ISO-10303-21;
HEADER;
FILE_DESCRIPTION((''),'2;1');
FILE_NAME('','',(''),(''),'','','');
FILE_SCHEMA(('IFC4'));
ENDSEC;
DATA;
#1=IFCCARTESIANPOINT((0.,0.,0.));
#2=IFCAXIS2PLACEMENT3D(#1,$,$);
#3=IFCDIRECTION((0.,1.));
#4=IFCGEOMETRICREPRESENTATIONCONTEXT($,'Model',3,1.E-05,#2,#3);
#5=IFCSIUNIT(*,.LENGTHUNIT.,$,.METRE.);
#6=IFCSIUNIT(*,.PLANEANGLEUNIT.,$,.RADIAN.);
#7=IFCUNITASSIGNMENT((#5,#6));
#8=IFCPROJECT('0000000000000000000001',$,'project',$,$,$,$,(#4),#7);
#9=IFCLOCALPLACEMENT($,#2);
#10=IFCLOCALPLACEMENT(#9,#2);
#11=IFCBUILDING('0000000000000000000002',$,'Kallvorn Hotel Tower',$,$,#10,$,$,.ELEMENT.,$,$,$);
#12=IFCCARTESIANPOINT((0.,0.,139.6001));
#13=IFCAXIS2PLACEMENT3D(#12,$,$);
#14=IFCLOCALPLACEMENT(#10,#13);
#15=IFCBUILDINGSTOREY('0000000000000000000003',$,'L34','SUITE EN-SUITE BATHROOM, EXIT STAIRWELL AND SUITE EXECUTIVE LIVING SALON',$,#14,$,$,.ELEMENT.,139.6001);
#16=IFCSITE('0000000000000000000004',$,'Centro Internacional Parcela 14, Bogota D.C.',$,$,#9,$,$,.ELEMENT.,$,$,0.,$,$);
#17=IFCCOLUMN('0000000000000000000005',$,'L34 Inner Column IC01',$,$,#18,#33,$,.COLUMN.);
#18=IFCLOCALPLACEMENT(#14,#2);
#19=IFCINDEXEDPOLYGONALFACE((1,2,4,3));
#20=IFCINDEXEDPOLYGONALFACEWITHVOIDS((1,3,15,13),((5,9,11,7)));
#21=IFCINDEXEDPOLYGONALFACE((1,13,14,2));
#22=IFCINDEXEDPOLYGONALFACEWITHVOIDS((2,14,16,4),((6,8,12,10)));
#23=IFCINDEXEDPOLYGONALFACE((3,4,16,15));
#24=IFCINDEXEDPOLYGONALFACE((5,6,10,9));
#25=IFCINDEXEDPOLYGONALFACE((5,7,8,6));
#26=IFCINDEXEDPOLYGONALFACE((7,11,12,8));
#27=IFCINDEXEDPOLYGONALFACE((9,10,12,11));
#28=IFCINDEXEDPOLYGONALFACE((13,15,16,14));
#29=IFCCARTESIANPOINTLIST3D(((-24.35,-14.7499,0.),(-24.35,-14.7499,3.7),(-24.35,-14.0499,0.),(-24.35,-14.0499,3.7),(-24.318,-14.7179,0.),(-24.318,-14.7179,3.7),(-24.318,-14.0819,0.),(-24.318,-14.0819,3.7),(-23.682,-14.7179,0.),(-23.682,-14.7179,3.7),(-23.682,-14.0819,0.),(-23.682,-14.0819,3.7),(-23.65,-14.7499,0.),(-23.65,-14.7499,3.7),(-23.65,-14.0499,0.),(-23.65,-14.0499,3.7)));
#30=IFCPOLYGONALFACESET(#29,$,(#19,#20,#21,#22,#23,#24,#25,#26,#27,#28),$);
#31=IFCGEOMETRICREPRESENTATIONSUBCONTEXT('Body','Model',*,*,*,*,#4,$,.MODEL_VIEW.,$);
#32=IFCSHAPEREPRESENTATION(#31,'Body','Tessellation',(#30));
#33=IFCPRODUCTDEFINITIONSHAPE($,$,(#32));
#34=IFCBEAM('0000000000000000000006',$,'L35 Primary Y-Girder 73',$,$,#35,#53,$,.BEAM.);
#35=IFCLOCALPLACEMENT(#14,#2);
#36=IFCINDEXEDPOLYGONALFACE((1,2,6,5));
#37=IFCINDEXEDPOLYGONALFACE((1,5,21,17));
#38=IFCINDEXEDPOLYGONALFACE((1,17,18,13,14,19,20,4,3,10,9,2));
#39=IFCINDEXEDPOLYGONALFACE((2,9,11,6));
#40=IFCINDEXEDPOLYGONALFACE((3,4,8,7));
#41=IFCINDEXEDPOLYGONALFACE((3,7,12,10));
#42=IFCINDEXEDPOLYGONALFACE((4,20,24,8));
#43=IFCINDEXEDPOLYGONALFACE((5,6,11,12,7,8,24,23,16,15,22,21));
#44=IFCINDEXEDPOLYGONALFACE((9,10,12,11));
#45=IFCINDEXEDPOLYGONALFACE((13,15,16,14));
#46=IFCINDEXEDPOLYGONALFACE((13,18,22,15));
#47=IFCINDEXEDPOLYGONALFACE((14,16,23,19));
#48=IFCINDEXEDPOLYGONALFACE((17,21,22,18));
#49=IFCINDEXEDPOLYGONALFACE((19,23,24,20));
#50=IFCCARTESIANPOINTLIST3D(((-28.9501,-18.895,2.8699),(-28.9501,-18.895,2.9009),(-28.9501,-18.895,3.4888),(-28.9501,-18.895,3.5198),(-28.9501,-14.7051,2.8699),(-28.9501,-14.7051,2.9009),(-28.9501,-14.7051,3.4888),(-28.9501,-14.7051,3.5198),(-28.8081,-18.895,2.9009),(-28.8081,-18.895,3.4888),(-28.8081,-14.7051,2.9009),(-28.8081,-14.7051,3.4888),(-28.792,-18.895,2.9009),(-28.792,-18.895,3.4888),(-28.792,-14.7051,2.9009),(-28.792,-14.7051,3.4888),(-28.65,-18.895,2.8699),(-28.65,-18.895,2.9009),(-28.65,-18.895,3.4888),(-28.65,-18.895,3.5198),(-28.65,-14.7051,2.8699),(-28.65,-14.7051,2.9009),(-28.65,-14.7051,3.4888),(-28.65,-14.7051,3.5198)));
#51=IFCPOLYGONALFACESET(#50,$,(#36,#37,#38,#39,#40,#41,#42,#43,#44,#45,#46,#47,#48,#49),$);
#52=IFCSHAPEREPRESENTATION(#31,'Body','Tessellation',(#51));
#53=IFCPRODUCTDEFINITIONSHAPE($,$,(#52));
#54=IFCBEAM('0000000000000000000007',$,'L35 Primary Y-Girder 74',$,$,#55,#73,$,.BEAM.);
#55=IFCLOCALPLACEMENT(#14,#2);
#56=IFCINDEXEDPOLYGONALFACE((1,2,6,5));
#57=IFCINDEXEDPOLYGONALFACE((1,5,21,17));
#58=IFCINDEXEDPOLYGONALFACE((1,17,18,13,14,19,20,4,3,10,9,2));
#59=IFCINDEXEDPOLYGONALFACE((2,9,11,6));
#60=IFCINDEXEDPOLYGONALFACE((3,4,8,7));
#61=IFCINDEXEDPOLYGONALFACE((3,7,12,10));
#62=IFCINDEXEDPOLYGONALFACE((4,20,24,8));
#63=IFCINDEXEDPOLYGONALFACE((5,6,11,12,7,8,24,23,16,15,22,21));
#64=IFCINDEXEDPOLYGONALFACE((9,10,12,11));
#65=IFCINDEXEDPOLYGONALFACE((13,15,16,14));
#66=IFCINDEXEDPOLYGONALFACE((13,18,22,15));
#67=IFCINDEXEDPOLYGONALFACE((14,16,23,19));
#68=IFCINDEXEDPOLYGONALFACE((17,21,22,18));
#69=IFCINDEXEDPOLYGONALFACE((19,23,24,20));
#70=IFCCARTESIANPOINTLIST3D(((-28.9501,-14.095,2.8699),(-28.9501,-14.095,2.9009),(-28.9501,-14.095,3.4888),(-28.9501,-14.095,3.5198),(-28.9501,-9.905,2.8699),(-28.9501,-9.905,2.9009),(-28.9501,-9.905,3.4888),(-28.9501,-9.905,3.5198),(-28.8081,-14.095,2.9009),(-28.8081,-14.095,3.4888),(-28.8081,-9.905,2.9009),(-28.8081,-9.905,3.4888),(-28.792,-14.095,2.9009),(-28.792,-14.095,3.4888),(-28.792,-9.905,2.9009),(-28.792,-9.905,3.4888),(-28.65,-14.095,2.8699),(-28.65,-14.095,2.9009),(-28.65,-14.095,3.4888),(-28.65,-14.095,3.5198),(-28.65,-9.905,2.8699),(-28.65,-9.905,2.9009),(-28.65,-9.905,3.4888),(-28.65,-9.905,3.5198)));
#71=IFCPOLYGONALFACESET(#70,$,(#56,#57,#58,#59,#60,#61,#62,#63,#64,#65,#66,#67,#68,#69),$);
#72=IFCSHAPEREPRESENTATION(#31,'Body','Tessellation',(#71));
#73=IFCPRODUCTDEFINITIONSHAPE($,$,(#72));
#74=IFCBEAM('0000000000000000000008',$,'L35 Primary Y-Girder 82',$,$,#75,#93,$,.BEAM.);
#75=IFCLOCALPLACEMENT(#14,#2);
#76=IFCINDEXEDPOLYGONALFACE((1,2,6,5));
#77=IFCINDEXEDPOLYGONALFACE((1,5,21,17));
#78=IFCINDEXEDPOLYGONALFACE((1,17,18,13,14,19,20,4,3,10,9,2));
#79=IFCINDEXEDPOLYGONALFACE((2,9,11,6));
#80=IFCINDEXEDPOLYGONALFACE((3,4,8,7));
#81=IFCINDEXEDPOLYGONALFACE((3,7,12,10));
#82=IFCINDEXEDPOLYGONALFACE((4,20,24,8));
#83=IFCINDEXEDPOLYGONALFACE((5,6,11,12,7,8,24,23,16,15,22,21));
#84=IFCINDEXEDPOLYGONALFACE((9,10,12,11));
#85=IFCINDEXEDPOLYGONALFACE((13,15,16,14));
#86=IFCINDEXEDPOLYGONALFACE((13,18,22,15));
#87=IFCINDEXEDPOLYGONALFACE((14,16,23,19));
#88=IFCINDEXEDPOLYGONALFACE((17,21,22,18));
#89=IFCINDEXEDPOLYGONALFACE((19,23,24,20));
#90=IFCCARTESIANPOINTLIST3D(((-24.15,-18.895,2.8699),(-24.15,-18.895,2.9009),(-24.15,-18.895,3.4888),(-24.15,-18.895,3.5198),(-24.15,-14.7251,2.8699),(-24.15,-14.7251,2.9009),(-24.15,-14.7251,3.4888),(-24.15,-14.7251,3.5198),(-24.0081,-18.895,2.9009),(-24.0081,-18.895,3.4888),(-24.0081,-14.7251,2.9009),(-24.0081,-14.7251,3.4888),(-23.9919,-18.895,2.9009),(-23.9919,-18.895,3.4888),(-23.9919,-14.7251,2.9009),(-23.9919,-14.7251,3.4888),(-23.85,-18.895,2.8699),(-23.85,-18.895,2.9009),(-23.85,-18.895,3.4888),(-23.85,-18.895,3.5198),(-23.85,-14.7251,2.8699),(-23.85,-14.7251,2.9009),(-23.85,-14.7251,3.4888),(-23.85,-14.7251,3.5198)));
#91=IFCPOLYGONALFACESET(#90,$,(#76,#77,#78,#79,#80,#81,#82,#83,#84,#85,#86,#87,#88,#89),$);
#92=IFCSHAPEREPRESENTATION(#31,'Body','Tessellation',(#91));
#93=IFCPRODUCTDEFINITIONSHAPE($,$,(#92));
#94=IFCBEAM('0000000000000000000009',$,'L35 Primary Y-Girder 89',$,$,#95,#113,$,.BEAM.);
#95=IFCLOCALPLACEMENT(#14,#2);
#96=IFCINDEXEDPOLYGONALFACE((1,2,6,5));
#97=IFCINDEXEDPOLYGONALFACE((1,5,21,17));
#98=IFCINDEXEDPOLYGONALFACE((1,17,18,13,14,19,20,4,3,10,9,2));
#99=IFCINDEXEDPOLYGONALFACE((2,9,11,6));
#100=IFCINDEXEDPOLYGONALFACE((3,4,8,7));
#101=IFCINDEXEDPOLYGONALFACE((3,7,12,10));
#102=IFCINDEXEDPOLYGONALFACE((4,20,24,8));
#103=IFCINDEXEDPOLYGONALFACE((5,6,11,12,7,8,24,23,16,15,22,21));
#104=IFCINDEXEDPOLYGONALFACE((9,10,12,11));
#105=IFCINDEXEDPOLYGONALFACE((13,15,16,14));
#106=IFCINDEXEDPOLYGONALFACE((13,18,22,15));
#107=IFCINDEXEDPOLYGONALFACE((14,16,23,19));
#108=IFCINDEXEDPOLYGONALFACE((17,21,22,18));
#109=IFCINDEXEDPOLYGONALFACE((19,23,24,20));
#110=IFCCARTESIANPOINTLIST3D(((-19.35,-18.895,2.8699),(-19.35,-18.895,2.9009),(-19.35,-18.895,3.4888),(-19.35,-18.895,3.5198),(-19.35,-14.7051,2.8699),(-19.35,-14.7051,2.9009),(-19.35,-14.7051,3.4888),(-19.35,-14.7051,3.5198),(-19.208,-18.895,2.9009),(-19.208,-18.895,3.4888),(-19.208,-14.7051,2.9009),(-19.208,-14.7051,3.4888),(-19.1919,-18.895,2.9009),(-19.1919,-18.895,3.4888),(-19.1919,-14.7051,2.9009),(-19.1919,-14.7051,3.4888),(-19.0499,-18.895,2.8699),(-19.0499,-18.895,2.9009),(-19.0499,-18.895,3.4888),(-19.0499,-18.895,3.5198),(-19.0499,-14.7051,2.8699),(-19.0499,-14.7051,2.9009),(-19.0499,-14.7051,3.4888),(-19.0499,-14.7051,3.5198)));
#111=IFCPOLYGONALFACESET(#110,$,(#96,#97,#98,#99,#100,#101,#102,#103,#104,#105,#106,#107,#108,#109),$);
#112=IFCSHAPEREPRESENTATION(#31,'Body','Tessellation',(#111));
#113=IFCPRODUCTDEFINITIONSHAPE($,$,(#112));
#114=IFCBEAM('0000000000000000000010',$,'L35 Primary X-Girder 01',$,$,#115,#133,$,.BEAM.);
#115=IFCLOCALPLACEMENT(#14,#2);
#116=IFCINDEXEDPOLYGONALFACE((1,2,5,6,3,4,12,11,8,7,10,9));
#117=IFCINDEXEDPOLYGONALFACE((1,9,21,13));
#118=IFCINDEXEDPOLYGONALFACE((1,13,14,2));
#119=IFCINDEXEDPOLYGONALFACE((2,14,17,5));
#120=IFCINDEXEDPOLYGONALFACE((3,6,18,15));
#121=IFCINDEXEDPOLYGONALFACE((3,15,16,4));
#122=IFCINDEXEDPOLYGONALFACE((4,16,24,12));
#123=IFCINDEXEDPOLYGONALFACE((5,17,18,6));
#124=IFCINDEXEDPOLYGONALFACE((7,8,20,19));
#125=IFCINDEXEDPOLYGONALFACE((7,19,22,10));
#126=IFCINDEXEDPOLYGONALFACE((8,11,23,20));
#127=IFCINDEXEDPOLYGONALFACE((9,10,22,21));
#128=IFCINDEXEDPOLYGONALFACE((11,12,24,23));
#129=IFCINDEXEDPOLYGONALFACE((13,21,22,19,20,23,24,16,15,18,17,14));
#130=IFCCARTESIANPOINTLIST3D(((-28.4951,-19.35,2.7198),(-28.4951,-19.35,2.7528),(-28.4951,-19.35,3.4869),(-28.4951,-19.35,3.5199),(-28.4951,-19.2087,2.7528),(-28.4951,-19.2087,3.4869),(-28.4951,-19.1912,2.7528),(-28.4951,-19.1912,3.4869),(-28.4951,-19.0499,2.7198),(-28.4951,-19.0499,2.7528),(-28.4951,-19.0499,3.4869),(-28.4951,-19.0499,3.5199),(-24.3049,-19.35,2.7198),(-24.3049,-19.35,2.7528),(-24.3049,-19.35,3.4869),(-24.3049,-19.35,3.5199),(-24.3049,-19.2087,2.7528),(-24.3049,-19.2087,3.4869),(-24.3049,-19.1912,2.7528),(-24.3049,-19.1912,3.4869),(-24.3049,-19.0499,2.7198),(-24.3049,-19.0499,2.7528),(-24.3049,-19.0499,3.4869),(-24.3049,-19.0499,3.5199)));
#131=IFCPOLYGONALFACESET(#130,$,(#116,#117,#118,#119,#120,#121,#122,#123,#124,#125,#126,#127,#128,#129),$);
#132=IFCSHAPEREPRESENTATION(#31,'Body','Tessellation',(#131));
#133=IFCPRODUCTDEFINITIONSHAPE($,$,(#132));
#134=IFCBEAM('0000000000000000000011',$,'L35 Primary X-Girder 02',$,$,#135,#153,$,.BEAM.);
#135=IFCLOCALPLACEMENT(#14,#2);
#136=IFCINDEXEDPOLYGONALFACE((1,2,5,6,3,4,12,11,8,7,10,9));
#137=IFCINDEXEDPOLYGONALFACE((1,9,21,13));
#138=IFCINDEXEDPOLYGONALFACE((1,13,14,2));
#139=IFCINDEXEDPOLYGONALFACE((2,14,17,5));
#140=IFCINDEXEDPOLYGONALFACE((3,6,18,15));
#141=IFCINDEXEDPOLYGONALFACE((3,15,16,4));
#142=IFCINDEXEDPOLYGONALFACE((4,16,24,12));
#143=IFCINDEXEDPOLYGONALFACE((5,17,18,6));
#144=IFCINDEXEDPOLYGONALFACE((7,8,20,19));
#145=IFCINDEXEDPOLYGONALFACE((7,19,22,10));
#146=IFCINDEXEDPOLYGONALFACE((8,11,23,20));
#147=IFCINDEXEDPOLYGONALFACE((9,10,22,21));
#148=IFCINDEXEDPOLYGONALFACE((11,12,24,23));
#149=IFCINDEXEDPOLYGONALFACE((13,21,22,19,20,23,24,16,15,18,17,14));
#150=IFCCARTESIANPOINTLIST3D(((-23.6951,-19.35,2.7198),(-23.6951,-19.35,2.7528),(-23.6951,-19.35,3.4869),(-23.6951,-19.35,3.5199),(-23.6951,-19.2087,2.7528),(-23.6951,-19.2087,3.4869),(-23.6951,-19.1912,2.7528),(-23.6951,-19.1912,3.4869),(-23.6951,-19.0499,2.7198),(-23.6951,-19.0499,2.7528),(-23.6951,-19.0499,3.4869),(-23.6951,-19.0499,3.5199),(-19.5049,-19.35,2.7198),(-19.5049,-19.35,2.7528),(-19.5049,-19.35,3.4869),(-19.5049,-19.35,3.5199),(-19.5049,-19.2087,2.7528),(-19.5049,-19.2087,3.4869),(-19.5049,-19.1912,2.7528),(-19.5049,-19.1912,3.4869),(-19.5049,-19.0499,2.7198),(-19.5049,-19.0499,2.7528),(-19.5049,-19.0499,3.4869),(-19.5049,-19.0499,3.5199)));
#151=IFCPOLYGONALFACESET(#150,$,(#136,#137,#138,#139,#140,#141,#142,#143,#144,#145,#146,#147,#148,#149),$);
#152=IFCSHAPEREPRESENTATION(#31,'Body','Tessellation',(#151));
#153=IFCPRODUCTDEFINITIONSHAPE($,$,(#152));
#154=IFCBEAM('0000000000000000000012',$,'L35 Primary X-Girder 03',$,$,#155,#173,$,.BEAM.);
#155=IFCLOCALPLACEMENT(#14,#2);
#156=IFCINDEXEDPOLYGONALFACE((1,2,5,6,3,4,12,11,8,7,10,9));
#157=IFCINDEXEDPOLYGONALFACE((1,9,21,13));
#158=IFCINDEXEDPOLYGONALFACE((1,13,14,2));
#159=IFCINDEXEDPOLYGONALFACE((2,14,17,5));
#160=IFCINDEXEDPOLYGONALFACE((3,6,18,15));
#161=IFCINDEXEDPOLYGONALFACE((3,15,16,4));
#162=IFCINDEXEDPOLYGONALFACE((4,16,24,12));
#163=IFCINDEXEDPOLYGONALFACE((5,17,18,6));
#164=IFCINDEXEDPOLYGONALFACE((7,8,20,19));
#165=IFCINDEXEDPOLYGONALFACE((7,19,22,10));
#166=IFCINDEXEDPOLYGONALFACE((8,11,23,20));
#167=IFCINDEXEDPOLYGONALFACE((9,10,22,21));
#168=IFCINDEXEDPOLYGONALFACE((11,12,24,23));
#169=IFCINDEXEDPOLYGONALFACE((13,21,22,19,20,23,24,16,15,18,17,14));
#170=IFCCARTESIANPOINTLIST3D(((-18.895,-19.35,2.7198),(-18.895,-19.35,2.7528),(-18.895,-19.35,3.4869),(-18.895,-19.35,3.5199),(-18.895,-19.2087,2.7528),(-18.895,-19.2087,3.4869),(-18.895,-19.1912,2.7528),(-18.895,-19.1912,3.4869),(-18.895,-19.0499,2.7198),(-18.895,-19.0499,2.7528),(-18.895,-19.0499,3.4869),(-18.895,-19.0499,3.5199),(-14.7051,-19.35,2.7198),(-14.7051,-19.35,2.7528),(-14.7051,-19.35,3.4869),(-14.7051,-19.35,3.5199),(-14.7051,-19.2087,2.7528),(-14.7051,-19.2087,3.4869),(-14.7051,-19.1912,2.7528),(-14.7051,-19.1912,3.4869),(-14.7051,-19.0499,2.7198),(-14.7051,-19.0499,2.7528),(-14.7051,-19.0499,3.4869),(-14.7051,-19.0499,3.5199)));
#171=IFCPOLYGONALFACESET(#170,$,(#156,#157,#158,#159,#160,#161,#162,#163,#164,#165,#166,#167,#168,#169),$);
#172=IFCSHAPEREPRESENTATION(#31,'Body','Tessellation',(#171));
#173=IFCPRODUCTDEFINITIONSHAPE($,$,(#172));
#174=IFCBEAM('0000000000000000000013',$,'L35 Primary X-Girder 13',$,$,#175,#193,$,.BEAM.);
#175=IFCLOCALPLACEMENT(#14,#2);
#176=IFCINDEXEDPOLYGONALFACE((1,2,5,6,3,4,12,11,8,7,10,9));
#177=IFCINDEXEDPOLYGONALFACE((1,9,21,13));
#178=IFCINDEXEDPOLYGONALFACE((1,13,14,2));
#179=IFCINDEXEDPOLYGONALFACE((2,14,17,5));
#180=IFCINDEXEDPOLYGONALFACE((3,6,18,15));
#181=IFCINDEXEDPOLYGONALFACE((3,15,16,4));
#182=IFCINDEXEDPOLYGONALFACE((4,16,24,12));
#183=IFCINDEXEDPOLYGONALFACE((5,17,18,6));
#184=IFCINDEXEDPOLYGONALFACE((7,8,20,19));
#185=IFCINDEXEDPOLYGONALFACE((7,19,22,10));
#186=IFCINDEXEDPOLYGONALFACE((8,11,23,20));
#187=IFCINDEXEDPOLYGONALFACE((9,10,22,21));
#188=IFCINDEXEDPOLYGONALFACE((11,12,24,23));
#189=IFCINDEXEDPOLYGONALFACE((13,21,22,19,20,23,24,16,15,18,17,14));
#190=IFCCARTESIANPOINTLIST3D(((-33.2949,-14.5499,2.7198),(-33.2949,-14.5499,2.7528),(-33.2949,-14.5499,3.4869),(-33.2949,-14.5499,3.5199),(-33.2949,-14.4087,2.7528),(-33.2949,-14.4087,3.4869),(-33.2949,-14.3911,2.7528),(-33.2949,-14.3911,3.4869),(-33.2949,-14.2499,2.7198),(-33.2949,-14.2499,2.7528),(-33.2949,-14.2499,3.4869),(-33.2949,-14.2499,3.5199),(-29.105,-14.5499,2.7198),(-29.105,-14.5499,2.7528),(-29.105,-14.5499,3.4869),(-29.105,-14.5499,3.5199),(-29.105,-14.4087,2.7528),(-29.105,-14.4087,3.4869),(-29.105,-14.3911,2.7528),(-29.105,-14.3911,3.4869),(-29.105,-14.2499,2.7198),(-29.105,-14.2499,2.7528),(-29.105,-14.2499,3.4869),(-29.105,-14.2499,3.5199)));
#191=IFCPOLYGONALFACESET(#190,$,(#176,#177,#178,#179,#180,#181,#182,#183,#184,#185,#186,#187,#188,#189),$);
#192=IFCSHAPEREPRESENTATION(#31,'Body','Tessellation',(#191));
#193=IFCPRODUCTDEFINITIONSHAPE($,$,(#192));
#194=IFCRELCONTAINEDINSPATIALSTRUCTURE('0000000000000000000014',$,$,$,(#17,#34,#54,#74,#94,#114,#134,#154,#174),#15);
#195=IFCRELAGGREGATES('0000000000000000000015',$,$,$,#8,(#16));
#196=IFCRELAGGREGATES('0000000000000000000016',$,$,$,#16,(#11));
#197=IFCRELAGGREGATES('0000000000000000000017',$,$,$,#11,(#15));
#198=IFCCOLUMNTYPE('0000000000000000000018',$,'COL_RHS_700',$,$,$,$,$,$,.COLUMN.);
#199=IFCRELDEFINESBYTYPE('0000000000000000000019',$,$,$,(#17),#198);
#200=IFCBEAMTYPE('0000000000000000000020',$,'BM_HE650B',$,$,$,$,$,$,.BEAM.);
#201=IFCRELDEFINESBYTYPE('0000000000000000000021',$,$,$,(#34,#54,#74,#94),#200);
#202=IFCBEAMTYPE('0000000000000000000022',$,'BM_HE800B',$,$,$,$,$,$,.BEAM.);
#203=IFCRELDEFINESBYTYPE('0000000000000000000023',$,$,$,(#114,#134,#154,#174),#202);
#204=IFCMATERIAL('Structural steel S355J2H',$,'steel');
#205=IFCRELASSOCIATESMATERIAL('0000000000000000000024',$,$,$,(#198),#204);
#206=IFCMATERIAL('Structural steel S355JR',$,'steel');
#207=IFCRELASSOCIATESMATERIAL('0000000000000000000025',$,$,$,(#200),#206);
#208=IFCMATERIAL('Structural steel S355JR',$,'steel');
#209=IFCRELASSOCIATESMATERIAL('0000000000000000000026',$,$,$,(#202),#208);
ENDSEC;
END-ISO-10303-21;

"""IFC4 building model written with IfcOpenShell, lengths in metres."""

from ifc_helpers import new_model, si_unit, direction, frame, origin, origin_2d, place, context, subcontext, project, spatial, hollow_rectangle, i_section, extrude, material, material_profile, profile_set, type_object, element, save


model = new_model("IFC4")

# Units and contexts
model_context = context("Model", 3, precision=1e-05, world=origin(), true_north=direction((0.0, 1.0)))
body_context = subcontext(model_context, "Body", "Model", "MODEL_VIEW")
ifc_project = project(units=[si_unit("LENGTHUNIT", "METRE"), si_unit("PLANEANGLEUNIT", "RADIAN")], contexts=[model_context])

# Site, building, storey
site_placement = place(None, origin())
site = spatial("IfcSite", under=ifc_project, at=site_placement, Name="Centro Internacional Parcela 14, Bogota D.C.", CompositionType="ELEMENT", RefElevation=0.0)
building_placement = place(site_placement, origin())
building = spatial("IfcBuilding", under=site, at=building_placement, Name="Kallvorn Hotel Tower", CompositionType="ELEMENT")
storey_placement = place(building_placement, frame((0.0, 0.0, 139.6001)))
storey = spatial("IfcBuildingStorey", under=building, at=storey_placement, Name="L34", Description="SUITE EN-SUITE BATHROOM, EXIT STAIRWELL AND SUITE EXECUTIVE LIVING SALON", CompositionType="ELEMENT", Elevation=139.6001)

# Column
ifc_material_1 = material(Name="Structural steel S355J2H", Category="steel")
ifc_material_profile_1 = material_profile(ifc_material_1, hollow_rectangle(XDim=0.7, YDim=0.7, WallThickness=0.032, at=origin_2d()), Name="RHS 700x700x32")
ifc_profile_set_1 = profile_set([ifc_material_profile_1], Name="Structural steel S355J2H")
column_type_1 = type_object("IfcColumnType", Name="COL_RHS_700", PredefinedType="COLUMN", material=ifc_profile_set_1)
column_placement = place(storey_placement, frame((-24.0, -14.3999, 0.0), z_axis=(0.0, 0.0, 1.0), x_axis=(1.0, 0.0, 0.0)))
element("IfcColumn", 1, at=column_placement, inside=storey, type_object=column_type_1, Name="L34 Inner Column IC01", PredefinedType="COLUMN", context=body_context, shape_type="SweptSolid", body=[
    extrude(hollow_rectangle(XDim=0.7, YDim=0.7, WallThickness=0.032, at=origin_2d()), origin(), (0.0, 0.0, 1.0), 3.7),
])

# Beams
ifc_material_2 = material(Name="Structural steel S355JR", Category="steel")
ifc_material_profile_2 = material_profile(ifc_material_2, i_section(OverallWidth=0.3, OverallDepth=0.6499, WebThickness=0.0161, FlangeThickness=0.031, at=origin_2d()), Name="HE 650 B")
ifc_profile_set_2 = profile_set([ifc_material_profile_2], Name="Structural steel S355JR")
beam_type_1 = type_object("IfcBeamType", Name="BM_HE650B", PredefinedType="BEAM", material=ifc_profile_set_2)
for number, where, z_axis, x_axis, name in (
    (2, (-28.8, -18.895, 3.1948), (0.0, 1.0, 0.0), (-1.0, 0.0, 0.0), "L35 Primary Y-Girder 73"),
    (3, (-28.8, -14.095, 3.1948), (0.0, 1.0, 0.0), (-1.0, 0.0, 0.0), "L35 Primary Y-Girder 74"),
):
    element("IfcBeam", number, at=place(storey_placement, frame(where, z_axis=z_axis, x_axis=x_axis)), inside=storey, type_object=beam_type_1, Name=name, PredefinedType="BEAM", context=body_context, shape_type="SweptSolid", body=[
        extrude(i_section(OverallWidth=0.3, OverallDepth=0.6499, WebThickness=0.0161, FlangeThickness=0.031, at=origin_2d()), origin(), (0.0, 0.0, 1.0), 4.1899),
    ])
beam_1_placement = place(storey_placement, frame((-24.0, -18.895, 3.1948), z_axis=(0.0, 1.0, 0.0), x_axis=(-1.0, 0.0, 0.0)))
element("IfcBeam", 4, at=beam_1_placement, inside=storey, type_object=beam_type_1, Name="L35 Primary Y-Girder 82", PredefinedType="BEAM", context=body_context, shape_type="SweptSolid", body=[
    extrude(i_section(OverallWidth=0.3, OverallDepth=0.6499, WebThickness=0.0161, FlangeThickness=0.031, at=origin_2d()), origin(), (0.0, 0.0, 1.0), 4.1699),
])
beam_2_placement = place(storey_placement, frame((-19.2, -18.895, 3.1948), z_axis=(0.0, 1.0, 0.0), x_axis=(-1.0, 0.0, 0.0)))
element("IfcBeam", 5, at=beam_2_placement, inside=storey, type_object=beam_type_1, Name="L35 Primary Y-Girder 89", PredefinedType="BEAM", context=body_context, shape_type="SweptSolid", body=[
    extrude(i_section(OverallWidth=0.3, OverallDepth=0.6499, WebThickness=0.0161, FlangeThickness=0.031, at=origin_2d()), origin(), (0.0, 0.0, 1.0), 4.1899),
])
ifc_material_3 = material(Name="Structural steel S355JR", Category="steel")
ifc_material_profile_3 = material_profile(ifc_material_3, i_section(OverallWidth=0.3, OverallDepth=0.8, WebThickness=0.0176, FlangeThickness=0.033, at=origin_2d()), Name="HE 800 B")
ifc_profile_set_3 = profile_set([ifc_material_profile_3], Name="Structural steel S355JR")
beam_type_2 = type_object("IfcBeamType", Name="BM_HE800B", PredefinedType="BEAM", material=ifc_profile_set_3)
for number, where, z_axis, x_axis, name in (
    (6, (-28.4951, -19.2, 3.1199), (1.0, 0.0, 0.0), (0.0, 1.0, 0.0), "L35 Primary X-Girder 01"),
    (7, (-23.6951, -19.2, 3.1199), (1.0, 0.0, 0.0), (0.0, 1.0, 0.0), "L35 Primary X-Girder 02"),
):
    element("IfcBeam", number, at=place(storey_placement, frame(where, z_axis=z_axis, x_axis=x_axis)), inside=storey, type_object=beam_type_2, Name=name, PredefinedType="BEAM", context=body_context, shape_type="SweptSolid", body=[
        extrude(i_section(OverallWidth=0.3, OverallDepth=0.8, WebThickness=0.0176, FlangeThickness=0.033, at=origin_2d()), origin(), (0.0, 0.0, 1.0), 4.1902),
    ])
for number, where, z_axis, x_axis, name in (
    (8, (-18.895, -19.2, 3.1199), (1.0, 0.0, 0.0), (0.0, 1.0, 0.0), "L35 Primary X-Girder 03"),
    (9, (-33.2949, -14.3999, 3.1199), (1.0, 0.0, 0.0), (0.0, 1.0, 0.0), "L35 Primary X-Girder 13"),
):
    element("IfcBeam", number, at=place(storey_placement, frame(where, z_axis=z_axis, x_axis=x_axis)), inside=storey, type_object=beam_type_2, Name=name, PredefinedType="BEAM", context=body_context, shape_type="SweptSolid", body=[
        extrude(i_section(OverallWidth=0.3, OverallDepth=0.8, WebThickness=0.0176, FlangeThickness=0.033, at=origin_2d()), origin(), (0.0, 0.0, 1.0), 4.1899),
    ])

save(model, "model.ifc")
